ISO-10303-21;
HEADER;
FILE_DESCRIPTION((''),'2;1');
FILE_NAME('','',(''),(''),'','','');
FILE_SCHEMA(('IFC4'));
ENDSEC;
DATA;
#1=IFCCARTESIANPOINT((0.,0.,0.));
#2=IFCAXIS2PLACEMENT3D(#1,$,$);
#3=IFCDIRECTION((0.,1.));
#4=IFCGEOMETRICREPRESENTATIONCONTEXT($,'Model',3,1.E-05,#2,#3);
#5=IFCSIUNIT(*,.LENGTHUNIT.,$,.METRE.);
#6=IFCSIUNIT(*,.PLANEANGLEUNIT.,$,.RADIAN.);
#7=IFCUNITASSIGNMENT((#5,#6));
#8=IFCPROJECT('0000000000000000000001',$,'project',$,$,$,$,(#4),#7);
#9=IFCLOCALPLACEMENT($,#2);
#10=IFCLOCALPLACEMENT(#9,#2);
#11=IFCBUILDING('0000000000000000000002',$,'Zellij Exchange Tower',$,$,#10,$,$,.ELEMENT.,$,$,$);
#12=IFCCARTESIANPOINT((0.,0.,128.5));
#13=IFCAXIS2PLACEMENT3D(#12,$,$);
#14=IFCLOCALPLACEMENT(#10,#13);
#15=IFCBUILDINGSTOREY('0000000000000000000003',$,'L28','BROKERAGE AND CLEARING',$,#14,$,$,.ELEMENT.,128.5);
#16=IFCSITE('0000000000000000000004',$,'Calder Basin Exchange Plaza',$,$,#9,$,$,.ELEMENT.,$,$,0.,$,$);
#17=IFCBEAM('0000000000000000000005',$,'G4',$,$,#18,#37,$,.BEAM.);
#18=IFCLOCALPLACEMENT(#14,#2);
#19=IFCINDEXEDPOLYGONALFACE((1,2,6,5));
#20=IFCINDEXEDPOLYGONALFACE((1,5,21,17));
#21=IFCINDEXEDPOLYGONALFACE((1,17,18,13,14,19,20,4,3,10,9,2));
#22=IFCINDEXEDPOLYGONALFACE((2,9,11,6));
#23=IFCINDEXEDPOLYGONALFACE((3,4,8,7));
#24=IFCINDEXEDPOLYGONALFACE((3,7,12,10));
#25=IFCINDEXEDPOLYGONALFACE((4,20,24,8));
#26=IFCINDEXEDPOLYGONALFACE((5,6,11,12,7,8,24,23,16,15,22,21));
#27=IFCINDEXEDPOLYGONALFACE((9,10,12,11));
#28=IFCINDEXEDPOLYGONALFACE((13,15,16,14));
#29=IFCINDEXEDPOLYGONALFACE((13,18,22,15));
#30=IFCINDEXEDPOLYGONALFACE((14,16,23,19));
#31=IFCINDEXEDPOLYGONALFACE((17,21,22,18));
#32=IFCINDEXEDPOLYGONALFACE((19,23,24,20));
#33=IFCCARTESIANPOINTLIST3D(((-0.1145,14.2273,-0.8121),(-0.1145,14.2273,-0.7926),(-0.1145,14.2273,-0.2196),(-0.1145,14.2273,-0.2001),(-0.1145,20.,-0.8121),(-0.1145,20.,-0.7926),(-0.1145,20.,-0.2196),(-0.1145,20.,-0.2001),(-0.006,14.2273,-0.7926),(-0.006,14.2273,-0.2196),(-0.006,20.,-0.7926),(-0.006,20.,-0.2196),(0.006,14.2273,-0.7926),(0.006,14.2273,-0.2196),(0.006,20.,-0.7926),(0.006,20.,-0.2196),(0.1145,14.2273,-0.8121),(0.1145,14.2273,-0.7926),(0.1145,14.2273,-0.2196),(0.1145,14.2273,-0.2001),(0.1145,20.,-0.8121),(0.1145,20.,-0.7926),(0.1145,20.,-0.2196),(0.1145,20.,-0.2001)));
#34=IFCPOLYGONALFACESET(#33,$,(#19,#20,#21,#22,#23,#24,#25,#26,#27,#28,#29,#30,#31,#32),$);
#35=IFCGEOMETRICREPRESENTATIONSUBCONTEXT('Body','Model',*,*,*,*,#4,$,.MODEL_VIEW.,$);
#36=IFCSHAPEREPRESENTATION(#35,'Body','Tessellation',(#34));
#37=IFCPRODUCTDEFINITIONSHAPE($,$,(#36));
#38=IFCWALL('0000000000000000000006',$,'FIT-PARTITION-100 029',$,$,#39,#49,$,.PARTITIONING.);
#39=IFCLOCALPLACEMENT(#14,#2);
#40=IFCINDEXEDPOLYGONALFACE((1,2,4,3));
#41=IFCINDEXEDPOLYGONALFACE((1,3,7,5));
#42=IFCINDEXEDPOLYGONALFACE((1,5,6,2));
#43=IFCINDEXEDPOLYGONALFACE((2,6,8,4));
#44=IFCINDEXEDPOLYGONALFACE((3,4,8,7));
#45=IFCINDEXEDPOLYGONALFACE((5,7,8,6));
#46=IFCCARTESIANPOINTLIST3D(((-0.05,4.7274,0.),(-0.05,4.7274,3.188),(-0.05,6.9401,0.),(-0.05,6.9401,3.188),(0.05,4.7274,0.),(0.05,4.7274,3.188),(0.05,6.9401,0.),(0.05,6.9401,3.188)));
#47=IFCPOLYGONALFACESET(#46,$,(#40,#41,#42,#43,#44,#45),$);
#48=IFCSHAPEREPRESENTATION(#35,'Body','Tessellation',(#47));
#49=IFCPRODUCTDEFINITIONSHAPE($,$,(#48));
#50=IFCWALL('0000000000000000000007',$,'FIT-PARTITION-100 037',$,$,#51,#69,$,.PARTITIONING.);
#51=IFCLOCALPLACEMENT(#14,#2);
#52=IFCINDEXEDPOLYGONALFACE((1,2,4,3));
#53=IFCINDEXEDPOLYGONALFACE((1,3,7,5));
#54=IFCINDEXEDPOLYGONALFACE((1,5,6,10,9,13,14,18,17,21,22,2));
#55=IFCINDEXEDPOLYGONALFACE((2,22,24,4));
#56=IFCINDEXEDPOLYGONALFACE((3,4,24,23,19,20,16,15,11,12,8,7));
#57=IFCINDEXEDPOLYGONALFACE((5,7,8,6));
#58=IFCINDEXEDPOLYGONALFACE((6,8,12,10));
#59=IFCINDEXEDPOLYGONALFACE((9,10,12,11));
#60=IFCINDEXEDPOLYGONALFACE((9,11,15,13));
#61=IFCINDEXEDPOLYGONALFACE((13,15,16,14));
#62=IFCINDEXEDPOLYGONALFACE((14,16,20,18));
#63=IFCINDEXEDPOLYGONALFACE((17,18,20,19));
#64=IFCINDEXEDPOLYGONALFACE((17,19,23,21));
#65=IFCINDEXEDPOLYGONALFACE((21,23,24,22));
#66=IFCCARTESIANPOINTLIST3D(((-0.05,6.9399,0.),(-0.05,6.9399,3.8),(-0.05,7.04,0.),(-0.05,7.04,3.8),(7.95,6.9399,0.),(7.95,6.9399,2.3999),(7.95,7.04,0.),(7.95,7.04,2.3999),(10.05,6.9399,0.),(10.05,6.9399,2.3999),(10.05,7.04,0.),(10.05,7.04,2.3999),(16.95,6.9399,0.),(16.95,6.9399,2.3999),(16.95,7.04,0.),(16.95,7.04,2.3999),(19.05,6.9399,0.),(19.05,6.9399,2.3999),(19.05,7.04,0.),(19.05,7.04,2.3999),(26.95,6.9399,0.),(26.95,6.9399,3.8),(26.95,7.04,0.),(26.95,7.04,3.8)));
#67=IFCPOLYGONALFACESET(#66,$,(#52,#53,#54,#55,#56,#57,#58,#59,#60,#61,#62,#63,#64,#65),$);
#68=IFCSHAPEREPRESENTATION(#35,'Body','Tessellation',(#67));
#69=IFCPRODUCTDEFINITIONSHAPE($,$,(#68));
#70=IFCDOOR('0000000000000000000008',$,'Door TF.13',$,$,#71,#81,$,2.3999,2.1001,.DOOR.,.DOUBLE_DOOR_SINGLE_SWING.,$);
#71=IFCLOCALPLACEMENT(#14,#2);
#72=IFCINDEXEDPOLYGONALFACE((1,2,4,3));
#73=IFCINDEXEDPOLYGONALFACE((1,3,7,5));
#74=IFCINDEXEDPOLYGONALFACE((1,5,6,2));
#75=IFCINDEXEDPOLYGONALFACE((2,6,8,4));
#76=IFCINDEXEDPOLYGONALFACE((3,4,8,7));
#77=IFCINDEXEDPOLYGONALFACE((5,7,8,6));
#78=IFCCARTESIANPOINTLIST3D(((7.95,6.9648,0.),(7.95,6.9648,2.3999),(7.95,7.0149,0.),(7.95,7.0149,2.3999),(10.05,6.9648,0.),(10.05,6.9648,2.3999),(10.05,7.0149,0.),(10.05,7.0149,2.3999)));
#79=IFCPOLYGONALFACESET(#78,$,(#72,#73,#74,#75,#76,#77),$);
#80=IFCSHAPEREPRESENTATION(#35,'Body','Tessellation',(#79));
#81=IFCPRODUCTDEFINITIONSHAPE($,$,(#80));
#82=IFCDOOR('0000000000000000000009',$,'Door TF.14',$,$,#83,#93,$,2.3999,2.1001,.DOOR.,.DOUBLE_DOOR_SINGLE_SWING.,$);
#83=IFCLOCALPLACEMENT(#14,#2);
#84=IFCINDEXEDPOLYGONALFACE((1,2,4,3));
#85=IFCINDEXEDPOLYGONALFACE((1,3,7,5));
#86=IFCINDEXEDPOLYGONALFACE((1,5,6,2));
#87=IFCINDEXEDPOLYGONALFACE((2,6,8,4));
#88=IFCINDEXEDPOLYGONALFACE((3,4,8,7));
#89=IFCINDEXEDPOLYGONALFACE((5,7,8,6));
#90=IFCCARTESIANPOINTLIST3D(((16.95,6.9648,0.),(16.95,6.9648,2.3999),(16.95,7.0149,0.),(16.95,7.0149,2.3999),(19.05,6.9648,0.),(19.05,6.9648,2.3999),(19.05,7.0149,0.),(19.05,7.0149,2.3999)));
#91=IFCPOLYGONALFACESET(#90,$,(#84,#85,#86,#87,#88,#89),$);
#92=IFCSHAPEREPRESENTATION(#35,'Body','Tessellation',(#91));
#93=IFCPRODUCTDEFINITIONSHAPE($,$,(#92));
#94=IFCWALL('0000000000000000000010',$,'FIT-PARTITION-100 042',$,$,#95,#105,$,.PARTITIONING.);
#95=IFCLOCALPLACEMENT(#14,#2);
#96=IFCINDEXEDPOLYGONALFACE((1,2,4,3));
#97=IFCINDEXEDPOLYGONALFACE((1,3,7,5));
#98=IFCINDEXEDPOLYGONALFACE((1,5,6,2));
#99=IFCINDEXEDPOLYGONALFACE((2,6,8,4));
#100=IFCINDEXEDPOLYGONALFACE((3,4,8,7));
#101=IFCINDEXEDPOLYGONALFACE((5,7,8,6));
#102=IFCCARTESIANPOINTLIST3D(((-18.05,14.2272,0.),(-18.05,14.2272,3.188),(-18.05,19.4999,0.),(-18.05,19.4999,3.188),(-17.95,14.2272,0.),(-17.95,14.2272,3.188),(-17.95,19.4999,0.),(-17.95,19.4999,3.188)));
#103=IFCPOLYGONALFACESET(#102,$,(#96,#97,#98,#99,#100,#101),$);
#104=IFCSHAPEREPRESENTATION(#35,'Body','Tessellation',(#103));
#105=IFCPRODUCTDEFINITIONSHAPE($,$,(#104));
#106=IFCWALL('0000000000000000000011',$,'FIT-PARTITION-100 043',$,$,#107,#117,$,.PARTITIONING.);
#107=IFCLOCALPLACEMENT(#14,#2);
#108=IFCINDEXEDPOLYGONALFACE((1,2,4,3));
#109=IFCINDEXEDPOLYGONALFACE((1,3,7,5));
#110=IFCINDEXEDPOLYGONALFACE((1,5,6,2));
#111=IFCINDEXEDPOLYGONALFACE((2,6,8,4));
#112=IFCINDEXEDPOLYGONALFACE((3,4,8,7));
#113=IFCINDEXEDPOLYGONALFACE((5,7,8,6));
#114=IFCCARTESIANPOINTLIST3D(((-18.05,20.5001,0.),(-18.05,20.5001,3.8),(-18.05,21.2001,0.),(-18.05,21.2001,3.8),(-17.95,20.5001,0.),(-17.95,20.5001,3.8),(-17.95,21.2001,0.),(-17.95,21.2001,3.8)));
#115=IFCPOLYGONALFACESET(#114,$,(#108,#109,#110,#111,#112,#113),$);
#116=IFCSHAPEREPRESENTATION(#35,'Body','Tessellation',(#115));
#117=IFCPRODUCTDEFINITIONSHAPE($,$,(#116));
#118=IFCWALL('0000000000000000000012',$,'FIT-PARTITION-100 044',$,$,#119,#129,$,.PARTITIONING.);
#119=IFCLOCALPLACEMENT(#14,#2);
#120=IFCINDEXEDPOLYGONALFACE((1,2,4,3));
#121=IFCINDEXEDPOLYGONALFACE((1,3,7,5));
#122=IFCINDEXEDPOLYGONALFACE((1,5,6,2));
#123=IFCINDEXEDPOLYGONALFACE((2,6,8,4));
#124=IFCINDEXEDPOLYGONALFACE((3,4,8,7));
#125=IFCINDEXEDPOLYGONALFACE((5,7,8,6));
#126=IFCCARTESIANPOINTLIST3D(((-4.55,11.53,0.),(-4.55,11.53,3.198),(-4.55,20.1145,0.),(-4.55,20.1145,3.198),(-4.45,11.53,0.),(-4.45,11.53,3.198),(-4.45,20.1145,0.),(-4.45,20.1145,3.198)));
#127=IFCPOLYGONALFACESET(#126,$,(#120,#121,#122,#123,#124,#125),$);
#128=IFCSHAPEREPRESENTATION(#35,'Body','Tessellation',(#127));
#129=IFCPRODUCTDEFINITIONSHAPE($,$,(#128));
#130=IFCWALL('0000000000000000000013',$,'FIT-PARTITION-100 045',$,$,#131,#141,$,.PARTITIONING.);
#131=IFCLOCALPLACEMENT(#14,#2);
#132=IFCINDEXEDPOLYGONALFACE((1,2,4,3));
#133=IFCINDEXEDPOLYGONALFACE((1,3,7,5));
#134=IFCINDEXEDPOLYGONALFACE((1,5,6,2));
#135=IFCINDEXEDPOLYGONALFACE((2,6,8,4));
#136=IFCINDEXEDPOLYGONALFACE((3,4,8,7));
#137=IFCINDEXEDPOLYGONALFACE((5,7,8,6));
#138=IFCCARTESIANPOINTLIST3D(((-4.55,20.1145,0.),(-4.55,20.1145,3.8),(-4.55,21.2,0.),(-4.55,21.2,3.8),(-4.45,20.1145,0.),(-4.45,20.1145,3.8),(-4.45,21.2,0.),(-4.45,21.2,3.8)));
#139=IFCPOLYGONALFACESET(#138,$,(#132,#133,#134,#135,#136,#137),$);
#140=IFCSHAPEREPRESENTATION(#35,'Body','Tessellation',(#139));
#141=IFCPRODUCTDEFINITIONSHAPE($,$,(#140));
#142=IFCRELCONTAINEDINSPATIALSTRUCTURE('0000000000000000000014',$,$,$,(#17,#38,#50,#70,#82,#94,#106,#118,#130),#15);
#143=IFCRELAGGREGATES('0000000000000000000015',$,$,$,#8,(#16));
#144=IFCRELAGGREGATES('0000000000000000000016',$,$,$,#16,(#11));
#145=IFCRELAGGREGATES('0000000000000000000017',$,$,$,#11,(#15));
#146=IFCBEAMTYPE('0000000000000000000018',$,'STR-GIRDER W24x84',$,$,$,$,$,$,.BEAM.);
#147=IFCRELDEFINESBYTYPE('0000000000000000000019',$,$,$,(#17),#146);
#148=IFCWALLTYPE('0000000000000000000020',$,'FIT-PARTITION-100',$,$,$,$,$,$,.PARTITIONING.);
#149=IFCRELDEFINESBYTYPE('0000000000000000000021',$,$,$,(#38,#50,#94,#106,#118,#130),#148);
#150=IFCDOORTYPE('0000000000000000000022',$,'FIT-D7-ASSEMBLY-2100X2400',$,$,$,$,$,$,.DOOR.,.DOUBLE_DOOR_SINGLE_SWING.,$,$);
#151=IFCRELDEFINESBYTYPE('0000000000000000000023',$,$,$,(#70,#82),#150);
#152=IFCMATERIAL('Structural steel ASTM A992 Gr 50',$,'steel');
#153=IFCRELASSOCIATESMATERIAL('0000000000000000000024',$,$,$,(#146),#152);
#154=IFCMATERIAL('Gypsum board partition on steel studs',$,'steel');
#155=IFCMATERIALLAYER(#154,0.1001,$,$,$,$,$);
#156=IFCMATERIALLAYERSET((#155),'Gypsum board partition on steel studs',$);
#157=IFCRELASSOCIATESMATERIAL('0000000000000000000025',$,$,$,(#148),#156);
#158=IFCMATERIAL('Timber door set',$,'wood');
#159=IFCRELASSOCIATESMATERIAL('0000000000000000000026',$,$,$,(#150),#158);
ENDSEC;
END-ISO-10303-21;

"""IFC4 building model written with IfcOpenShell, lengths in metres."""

from ifc_helpers import new_model, si_unit, direction, frame, frame_2d, origin, origin_2d, place, context, subcontext, project, spatial, rectangle, i_section, extrude, material, layer, layer_set, material_profile, profile_set, type_object, element, fill, save


model = new_model("IFC4")

# Units and contexts
model_context = context("Model", 3, precision=1e-05, world=origin(), true_north=direction((0.0, 1.0)))
body_context = subcontext(model_context, "Body", "Model", "MODEL_VIEW")
ifc_project = project(units=[si_unit("LENGTHUNIT", "METRE"), si_unit("PLANEANGLEUNIT", "RADIAN")], contexts=[model_context])

# Site, building, storey
site_placement = place(None, origin())
site = spatial("IfcSite", under=ifc_project, at=site_placement, Name="Calder Basin Exchange Plaza", CompositionType="ELEMENT", RefElevation=0.0)
building_placement = place(site_placement, origin())
building = spatial("IfcBuilding", under=site, at=building_placement, Name="Zellij Exchange Tower", CompositionType="ELEMENT")
storey_placement = place(building_placement, frame((0.0, 0.0, 128.5)))
storey = spatial("IfcBuildingStorey", under=building, at=storey_placement, Name="L28", Description="BROKERAGE AND CLEARING", CompositionType="ELEMENT", Elevation=128.5)

# Beam
ifc_material_1 = material(Name="Structural steel ASTM A992 Gr 50", Category="steel")
ifc_material_profile_1 = material_profile(ifc_material_1, i_section(OverallWidth=0.229, OverallDepth=0.6121, WebThickness=0.012, FlangeThickness=0.0195, at=origin_2d()), Name="W24x84")
ifc_profile_set_1 = profile_set([ifc_material_profile_1], Name="Structural steel ASTM A992 Gr 50")
beam_type = type_object("IfcBeamType", Name="STR-GIRDER W24x84", PredefinedType="BEAM", material=ifc_profile_set_1)
for number, where, z_axis, x_axis, name in (
    (1, (0.0, 14.2273, -0.5061), (0.0, 1.0, 0.0), (-1.0, 0.0, 0.0), "G4"),
):
    element("IfcBeam", number, at=place(storey_placement, frame(where, z_axis=z_axis, x_axis=x_axis)), inside=storey, type_object=beam_type, Name=name, PredefinedType="BEAM", context=body_context, shape_type="SweptSolid", body=[
        extrude(i_section(OverallWidth=0.229, OverallDepth=0.6121, WebThickness=0.012, FlangeThickness=0.0195, at=origin_2d()), origin(), (0.0, 0.0, 1.0), 5.7727),
    ])

# Wall
ifc_material_2 = material(Name="Gypsum board partition on steel studs", Category="steel")
ifc_layer = layer(ifc_material_2, 0.1001)
ifc_layer_set = layer_set([ifc_layer], Name="Gypsum board partition on steel studs")
wall_type = type_object("IfcWallType", Name="FIT-PARTITION-100", PredefinedType="PARTITIONING", material=ifc_layer_set)
wall_1_placement = place(storey_placement, frame((0.0, 4.7273, 0.0), z_axis=(0.0, 0.0, 1.0), x_axis=(0.0, 1.0, 0.0)))
element("IfcWall", 2, at=wall_1_placement, inside=storey, type_object=wall_type, Name="FIT-PARTITION-100 029", PredefinedType="PARTITIONING", context=body_context, shape_type="SweptSolid", body=[
    extrude(rectangle(XDim=2.2126, YDim=0.1001, at=frame_2d((1.1064, 0.0))), origin(), (0.0, 0.0, 1.0), 3.188),
])

# Wall, openings, doors
wall_2_placement = place(storey_placement, frame((-0.05, 6.99, 0.0), z_axis=(0.0, 0.0, 1.0), x_axis=(1.0, 0.0, 0.0)))
wall_2 = element("IfcWall", 3, at=wall_2_placement, inside=storey, type_object=wall_type, Name="FIT-PARTITION-100 037", PredefinedType="PARTITIONING", context=body_context, shape_type="SweptSolid", body=[
    extrude(rectangle(XDim=27.0, YDim=0.1001, at=frame_2d((13.5, 0.0))), origin(), (0.0, 0.0, 1.0), 3.8),
])
opening_1_placement = place(wall_2_placement, frame((8.0, 0.0, 0.0)))
opening_1 = element("IfcOpeningElement", 4, at=opening_1_placement, cuts=wall_2, PredefinedType="OPENING", context=body_context, shape_type="SweptSolid", body=[
    extrude(rectangle(XDim=2.1001, YDim=2.3999, at=frame_2d((1.05, 1.2))), frame((0.0, 0.062, 0.0), z_axis=(0.0, -1.0, 0.0), x_axis=(1.0, 0.0, 0.0)), (0.0, 0.0, 1.0), 0.124),
])
opening_2_placement = place(wall_2_placement, frame((17.0, 0.0, 0.0)))
opening_2 = element("IfcOpeningElement", 5, at=opening_2_placement, cuts=wall_2, PredefinedType="OPENING", context=body_context, shape_type="SweptSolid", body=[
    extrude(rectangle(XDim=2.1001, YDim=2.3999, at=frame_2d((1.05, 1.2))), frame((0.0, 0.062, 0.0), z_axis=(0.0, -1.0, 0.0), x_axis=(1.0, 0.0, 0.0)), (0.0, 0.0, 1.0), 0.124),
])
ifc_material_3 = material(Name="Timber door set", Category="wood")
door_type = type_object("IfcDoorType", Name="FIT-D7-ASSEMBLY-2100X2400", OperationType="DOUBLE_DOOR_SINGLE_SWING", PredefinedType="DOOR", material=ifc_material_3)
door_1_placement = place(opening_1_placement, origin())
door_1 = element("IfcDoor", 6, at=door_1_placement, inside=storey, type_object=door_type, Name="Door TF.13", OperationType="DOUBLE_DOOR_SINGLE_SWING", OverallHeight=2.3999, OverallWidth=2.1001, PredefinedType="DOOR", context=body_context, shape_type="SweptSolid", body=[
    extrude(rectangle(XDim=2.1001, YDim=2.3999, at=frame_2d((1.05, 1.2))), frame((0.0, 0.0249, 0.0), z_axis=(0.0, -1.0, 0.0), x_axis=(1.0, 0.0, 0.0)), (0.0, 0.0, 1.0), 0.05),
])
fill(opening_1, door_1)
door_2_placement = place(opening_2_placement, origin())
door_2 = element("IfcDoor", 7, at=door_2_placement, inside=storey, type_object=door_type, Name="Door TF.14", OperationType="DOUBLE_DOOR_SINGLE_SWING", OverallHeight=2.3999, OverallWidth=2.1001, PredefinedType="DOOR", context=body_context, shape_type="SweptSolid", body=[
    extrude(rectangle(XDim=2.1001, YDim=2.3999, at=frame_2d((1.05, 1.2))), frame((0.0, 0.0249, 0.0), z_axis=(0.0, -1.0, 0.0), x_axis=(1.0, 0.0, 0.0)), (0.0, 0.0, 1.0), 0.05),
])
fill(opening_2, door_2)

# Walls
wall_3_placement = place(storey_placement, frame((-18.0, 14.2273, 0.0), z_axis=(0.0, 0.0, 1.0), x_axis=(0.0, 1.0, 0.0)))
element("IfcWall", 8, at=wall_3_placement, inside=storey, type_object=wall_type, Name="FIT-PARTITION-100 042", PredefinedType="PARTITIONING", context=body_context, shape_type="SweptSolid", body=[
    extrude(rectangle(XDim=5.2727, YDim=0.1001, at=frame_2d((2.6362, 0.0))), origin(), (0.0, 0.0, 1.0), 3.188),
])
wall_4_placement = place(storey_placement, frame((-18.0, 20.5, 0.0), z_axis=(0.0, 0.0, 1.0), x_axis=(0.0, 1.0, 0.0)))
element("IfcWall", 9, at=wall_4_placement, inside=storey, type_object=wall_type, Name="FIT-PARTITION-100 043", PredefinedType="PARTITIONING", context=body_context, shape_type="SweptSolid", body=[
    extrude(rectangle(XDim=0.7, YDim=0.1001, at=frame_2d((0.3501, 0.0))), origin(), (0.0, 0.0, 1.0), 3.8),
])
wall_5_placement = place(storey_placement, frame((-4.5, 11.53, 0.0), z_axis=(0.0, 0.0, 1.0), x_axis=(0.0, 1.0, 0.0)))
element("IfcWall", 10, at=wall_5_placement, inside=storey, type_object=wall_type, Name="FIT-PARTITION-100 044", PredefinedType="PARTITIONING", context=body_context, shape_type="SweptSolid", body=[
    extrude(rectangle(XDim=8.5845, YDim=0.1001, at=frame_2d((4.2922, 0.0))), origin(), (0.0, 0.0, 1.0), 3.198),
])
wall_6_placement = place(storey_placement, frame((-4.5, 20.1145, 0.0), z_axis=(0.0, 0.0, 1.0), x_axis=(0.0, 1.0, 0.0)))
element("IfcWall", 11, at=wall_6_placement, inside=storey, type_object=wall_type, Name="FIT-PARTITION-100 045", PredefinedType="PARTITIONING", context=body_context, shape_type="SweptSolid", body=[
    extrude(rectangle(XDim=1.0854, YDim=0.1001, at=frame_2d((0.5427, 0.0))), origin(), (0.0, 0.0, 1.0), 3.8),
])

save(model, "model.ifc")
